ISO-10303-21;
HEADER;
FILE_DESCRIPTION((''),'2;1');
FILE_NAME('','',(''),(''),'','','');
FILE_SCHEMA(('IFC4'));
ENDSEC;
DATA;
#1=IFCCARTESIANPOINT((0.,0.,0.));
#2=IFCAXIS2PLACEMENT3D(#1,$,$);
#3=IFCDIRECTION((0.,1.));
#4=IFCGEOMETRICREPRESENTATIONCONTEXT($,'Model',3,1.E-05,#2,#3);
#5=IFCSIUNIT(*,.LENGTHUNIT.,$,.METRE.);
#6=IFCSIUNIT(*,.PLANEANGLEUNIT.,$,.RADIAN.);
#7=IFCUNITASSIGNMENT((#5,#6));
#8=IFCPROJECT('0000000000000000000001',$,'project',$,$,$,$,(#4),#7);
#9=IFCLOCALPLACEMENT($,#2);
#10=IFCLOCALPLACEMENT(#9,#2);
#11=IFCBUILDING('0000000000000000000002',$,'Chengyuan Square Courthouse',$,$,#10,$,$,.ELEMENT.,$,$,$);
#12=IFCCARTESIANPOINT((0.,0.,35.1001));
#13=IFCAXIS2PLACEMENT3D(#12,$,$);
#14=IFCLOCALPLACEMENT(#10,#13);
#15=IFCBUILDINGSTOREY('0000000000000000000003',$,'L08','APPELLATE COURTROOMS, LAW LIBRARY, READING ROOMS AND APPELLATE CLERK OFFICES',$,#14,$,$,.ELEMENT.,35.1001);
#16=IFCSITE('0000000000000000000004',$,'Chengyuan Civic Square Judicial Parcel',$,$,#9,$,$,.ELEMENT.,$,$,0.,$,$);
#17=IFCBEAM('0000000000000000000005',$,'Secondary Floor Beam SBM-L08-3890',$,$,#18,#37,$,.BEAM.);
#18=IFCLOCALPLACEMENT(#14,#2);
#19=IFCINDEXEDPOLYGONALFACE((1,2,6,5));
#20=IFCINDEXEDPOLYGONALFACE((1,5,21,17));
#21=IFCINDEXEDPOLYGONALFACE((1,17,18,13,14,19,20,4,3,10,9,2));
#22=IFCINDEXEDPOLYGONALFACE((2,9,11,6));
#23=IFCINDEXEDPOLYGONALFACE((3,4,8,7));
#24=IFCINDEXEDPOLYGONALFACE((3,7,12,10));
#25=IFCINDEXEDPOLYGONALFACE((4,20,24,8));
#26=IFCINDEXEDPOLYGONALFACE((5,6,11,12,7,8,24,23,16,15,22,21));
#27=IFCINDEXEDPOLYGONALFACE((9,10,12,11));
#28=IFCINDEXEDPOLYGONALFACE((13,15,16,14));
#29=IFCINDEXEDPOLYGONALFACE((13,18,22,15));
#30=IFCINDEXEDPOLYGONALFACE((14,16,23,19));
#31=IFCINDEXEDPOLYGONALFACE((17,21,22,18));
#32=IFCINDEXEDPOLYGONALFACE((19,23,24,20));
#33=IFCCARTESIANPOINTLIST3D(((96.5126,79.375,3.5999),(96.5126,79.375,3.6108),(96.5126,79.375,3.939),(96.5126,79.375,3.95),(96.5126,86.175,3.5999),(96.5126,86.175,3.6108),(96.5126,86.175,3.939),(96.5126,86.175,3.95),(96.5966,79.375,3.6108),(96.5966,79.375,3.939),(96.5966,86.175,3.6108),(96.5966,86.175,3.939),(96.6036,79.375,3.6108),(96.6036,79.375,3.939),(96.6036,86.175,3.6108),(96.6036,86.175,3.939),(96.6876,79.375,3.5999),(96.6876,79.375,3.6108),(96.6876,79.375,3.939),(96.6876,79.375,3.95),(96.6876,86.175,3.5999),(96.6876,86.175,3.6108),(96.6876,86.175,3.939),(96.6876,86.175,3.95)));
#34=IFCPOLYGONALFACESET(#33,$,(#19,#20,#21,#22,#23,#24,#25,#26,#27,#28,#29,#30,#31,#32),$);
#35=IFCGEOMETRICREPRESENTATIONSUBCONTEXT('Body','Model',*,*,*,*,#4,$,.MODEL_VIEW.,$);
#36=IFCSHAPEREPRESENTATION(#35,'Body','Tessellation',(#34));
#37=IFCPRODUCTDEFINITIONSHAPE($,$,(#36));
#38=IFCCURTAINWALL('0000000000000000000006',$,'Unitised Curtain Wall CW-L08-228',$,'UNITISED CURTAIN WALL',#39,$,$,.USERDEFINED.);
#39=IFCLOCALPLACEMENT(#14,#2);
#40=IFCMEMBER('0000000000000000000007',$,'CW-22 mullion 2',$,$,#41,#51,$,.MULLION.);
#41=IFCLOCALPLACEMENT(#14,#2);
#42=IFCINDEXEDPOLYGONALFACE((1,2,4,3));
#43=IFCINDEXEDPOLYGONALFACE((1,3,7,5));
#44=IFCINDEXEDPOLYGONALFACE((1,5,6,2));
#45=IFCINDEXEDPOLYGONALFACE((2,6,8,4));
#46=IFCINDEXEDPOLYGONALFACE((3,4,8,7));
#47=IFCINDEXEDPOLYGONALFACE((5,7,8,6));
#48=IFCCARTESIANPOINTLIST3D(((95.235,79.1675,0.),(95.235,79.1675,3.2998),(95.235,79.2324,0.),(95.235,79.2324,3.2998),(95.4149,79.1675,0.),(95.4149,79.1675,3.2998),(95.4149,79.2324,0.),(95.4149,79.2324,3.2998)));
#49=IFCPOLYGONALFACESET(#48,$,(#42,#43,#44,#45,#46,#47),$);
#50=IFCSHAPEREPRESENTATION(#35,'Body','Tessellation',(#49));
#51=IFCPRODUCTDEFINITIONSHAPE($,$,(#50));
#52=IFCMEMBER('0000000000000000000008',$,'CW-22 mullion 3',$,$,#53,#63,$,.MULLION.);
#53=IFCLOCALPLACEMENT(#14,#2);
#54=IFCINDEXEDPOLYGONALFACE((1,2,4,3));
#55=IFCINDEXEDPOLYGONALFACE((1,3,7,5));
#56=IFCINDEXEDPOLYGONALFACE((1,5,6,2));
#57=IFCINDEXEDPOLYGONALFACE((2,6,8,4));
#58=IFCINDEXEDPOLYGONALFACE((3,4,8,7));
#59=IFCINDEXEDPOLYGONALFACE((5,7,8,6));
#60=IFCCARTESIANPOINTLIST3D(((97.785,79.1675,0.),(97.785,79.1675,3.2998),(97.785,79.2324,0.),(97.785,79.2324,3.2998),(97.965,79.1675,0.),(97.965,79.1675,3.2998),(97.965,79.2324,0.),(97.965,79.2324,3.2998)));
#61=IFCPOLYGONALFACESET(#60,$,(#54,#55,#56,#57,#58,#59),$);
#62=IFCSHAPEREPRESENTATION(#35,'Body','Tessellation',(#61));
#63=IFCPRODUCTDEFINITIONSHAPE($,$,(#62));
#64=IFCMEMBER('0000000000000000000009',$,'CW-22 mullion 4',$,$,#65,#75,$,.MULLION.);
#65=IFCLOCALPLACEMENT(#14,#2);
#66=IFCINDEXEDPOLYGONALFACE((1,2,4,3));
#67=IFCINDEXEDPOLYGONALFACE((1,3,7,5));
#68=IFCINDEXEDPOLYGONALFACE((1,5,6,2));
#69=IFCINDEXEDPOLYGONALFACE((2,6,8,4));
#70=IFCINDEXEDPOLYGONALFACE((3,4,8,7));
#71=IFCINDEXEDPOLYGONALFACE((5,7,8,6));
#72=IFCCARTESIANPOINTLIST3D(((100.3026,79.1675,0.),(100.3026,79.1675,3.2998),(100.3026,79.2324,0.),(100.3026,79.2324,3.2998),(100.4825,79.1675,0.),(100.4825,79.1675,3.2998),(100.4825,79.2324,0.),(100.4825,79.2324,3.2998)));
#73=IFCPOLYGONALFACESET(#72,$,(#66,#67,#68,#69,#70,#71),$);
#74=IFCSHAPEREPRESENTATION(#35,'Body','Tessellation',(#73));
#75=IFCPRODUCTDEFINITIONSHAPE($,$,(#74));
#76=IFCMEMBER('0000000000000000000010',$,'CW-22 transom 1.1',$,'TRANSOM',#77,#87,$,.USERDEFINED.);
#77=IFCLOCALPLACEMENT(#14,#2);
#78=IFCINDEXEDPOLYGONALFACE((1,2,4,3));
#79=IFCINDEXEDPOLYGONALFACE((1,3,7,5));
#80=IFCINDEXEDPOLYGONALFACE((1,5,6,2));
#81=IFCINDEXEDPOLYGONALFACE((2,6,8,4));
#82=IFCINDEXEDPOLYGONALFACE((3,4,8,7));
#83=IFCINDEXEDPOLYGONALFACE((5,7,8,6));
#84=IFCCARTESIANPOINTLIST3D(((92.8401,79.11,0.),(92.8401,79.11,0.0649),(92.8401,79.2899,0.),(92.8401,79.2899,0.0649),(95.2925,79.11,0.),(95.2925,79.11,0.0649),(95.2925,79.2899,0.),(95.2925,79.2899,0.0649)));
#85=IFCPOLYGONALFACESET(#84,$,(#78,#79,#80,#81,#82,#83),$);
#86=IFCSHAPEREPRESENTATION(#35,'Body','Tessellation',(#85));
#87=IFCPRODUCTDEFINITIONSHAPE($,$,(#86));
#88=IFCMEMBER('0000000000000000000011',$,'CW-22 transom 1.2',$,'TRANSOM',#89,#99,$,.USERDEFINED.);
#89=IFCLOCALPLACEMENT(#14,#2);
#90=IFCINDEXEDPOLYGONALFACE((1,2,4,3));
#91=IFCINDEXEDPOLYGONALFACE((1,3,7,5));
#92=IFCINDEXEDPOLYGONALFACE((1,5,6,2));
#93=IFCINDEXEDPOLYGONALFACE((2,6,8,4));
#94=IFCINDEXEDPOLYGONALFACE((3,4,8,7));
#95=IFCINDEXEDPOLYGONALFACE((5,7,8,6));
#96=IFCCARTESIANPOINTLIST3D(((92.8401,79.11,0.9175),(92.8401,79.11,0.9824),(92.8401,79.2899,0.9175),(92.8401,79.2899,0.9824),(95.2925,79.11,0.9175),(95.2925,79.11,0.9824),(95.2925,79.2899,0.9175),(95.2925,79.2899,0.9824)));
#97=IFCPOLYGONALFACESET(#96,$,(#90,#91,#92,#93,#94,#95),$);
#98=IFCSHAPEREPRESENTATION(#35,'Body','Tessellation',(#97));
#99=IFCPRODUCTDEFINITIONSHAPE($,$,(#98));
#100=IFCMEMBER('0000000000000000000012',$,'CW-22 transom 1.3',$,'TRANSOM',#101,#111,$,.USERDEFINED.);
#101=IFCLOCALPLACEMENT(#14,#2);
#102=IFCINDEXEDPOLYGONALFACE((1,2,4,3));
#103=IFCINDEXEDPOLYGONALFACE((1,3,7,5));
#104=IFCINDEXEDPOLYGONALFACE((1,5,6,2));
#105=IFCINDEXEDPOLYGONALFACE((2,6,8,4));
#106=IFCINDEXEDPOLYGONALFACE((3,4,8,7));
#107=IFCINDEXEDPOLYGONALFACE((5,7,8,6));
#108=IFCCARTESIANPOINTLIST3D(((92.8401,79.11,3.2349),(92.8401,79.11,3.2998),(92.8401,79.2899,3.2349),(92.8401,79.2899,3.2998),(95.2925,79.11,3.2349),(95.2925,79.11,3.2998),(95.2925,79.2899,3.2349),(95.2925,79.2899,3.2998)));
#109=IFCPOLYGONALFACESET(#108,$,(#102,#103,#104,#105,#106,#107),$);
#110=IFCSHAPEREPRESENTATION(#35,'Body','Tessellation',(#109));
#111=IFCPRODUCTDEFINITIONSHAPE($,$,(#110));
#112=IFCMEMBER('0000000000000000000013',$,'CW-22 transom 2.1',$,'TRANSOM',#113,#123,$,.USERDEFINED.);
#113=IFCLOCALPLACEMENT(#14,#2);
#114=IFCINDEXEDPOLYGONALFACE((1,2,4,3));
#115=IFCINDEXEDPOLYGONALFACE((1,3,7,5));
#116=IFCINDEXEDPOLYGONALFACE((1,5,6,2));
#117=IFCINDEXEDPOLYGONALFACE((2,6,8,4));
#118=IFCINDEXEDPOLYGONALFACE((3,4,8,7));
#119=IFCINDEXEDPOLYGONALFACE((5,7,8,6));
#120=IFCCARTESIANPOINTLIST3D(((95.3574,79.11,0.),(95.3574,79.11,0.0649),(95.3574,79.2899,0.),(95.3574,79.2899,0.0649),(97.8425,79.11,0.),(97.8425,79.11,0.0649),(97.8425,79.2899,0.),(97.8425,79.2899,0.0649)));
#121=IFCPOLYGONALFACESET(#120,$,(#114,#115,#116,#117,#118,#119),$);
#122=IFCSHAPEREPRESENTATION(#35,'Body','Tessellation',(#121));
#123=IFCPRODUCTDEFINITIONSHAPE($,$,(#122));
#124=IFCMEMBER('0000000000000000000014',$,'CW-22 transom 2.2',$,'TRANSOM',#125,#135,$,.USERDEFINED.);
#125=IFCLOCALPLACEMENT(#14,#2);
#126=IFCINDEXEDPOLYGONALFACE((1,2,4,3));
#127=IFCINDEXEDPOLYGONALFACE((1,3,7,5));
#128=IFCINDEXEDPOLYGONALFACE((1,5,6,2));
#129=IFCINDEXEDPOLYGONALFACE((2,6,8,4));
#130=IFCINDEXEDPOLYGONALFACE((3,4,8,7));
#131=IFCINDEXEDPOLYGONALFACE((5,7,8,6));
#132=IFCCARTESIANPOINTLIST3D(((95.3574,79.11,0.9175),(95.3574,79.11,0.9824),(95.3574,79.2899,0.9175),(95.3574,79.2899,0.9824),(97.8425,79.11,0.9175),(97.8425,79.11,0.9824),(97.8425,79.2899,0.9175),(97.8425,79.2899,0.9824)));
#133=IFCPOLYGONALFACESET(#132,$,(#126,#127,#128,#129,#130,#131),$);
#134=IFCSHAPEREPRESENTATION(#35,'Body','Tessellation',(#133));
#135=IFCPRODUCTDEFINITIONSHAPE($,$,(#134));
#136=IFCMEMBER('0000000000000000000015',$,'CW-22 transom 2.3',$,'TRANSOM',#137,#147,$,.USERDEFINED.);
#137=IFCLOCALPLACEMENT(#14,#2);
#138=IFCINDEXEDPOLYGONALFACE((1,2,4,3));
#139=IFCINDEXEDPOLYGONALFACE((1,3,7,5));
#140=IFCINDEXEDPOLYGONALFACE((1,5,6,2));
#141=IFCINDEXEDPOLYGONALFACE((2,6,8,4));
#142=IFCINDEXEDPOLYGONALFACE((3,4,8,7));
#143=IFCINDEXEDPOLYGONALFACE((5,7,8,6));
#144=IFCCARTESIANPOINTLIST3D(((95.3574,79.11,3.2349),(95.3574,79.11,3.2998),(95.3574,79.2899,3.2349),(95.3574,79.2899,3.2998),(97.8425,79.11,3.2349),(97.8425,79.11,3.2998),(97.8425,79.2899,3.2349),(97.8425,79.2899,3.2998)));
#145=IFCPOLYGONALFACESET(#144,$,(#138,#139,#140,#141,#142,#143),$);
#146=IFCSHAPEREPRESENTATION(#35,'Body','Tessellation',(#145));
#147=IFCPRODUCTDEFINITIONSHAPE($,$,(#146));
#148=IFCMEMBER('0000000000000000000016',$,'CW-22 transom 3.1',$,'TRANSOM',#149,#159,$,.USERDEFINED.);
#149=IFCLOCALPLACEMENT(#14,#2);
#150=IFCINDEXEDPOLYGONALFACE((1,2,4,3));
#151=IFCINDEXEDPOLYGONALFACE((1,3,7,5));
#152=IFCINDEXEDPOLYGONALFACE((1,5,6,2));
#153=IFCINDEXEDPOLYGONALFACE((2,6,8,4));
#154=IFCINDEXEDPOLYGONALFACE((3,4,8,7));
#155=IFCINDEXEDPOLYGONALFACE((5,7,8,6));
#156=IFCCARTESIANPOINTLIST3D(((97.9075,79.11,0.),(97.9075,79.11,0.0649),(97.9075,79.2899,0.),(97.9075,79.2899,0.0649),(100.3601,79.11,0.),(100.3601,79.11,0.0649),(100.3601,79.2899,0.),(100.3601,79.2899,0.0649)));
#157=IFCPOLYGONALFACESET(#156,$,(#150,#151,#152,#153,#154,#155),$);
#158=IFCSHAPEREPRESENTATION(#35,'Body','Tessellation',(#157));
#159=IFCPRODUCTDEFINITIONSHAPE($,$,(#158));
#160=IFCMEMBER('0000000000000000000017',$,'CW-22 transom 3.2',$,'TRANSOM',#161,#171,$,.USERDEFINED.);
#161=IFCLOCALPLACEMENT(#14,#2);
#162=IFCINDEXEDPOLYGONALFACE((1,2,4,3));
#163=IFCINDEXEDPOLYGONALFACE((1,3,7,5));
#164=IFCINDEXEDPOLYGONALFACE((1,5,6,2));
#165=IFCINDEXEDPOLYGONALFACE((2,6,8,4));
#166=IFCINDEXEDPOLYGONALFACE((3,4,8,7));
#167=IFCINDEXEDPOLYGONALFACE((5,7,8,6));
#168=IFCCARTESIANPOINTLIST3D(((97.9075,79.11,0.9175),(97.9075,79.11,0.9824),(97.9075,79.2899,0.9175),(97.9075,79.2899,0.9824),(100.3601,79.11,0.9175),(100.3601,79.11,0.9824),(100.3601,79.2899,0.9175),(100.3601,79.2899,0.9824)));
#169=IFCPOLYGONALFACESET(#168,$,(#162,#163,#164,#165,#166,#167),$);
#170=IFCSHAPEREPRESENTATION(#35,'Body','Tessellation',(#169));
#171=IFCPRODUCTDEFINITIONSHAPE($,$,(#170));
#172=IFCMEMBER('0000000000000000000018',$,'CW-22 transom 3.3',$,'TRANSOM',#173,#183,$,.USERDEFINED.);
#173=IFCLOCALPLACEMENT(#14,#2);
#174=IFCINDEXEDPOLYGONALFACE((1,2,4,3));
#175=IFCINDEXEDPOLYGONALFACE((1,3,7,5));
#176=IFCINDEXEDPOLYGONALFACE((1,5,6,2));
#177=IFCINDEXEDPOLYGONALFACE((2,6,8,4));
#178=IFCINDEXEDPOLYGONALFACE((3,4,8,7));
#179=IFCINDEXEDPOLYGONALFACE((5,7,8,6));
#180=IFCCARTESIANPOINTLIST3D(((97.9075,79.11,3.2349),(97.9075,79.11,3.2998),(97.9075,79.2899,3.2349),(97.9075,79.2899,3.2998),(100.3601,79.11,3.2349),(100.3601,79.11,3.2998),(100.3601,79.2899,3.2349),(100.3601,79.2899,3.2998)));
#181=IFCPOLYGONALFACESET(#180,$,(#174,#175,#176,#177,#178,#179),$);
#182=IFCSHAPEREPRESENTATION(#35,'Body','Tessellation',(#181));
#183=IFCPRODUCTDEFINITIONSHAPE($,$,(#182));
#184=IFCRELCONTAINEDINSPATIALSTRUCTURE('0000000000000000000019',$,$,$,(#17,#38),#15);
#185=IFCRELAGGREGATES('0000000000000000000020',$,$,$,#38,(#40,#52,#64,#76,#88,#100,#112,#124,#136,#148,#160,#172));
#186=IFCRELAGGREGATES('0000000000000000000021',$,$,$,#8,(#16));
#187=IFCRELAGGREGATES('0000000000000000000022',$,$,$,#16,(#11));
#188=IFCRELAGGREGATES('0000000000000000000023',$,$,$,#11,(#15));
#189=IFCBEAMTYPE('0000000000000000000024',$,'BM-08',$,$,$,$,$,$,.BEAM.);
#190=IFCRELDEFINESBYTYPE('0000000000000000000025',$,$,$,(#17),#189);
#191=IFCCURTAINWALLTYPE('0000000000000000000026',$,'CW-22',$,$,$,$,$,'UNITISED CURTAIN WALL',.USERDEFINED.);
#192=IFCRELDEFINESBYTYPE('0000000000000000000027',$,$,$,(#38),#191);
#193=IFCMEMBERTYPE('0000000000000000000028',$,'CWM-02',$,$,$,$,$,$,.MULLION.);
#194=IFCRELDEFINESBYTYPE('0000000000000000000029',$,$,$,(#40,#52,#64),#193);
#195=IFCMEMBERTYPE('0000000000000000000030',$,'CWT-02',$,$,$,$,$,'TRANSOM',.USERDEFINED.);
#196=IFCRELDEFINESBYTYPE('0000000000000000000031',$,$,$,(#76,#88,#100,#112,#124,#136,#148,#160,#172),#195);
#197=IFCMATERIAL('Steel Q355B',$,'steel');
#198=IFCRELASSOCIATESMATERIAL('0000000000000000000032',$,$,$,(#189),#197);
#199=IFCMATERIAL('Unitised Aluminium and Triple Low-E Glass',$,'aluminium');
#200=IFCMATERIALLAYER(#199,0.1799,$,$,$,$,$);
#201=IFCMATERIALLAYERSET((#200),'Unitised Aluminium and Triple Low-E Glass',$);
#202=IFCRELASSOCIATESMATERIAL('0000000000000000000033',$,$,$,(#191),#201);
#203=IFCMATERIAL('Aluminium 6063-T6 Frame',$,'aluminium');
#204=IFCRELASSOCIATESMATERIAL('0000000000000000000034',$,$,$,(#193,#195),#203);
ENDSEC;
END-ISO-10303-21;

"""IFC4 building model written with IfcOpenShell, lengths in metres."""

from ifc_helpers import new_model, si_unit, direction, frame, origin, origin_2d, place, context, subcontext, project, spatial, rectangle, i_section, extrude, material, layer, layer_set, material_profile, profile_set, type_object, element, aggregate, save


model = new_model("IFC4")

# Units and contexts
model_context = context("Model", 3, precision=1e-05, world=origin(), true_north=direction((0.0, 1.0)))
body_context = subcontext(model_context, "Body", "Model", "MODEL_VIEW")
ifc_project = project(units=[si_unit("LENGTHUNIT", "METRE"), si_unit("PLANEANGLEUNIT", "RADIAN")], contexts=[model_context])

# Site, building, storey
site_placement = place(None, origin())
site = spatial("IfcSite", under=ifc_project, at=site_placement, Name="Chengyuan Civic Square Judicial Parcel", CompositionType="ELEMENT", RefElevation=0.0)
building_placement = place(site_placement, origin())
building = spatial("IfcBuilding", under=site, at=building_placement, Name="Chengyuan Square Courthouse", CompositionType="ELEMENT")
storey_placement = place(building_placement, frame((0.0, 0.0, 35.1001)))
storey = spatial("IfcBuildingStorey", under=building, at=storey_placement, Name="L08", Description="APPELLATE COURTROOMS, LAW LIBRARY, READING ROOMS AND APPELLATE CLERK OFFICES", CompositionType="ELEMENT", Elevation=35.1001)

# Beam
ifc_material_1 = material(Name="Steel Q355B", Category="steel")
ifc_material_profile_1 = material_profile(ifc_material_1, i_section(OverallWidth=0.175, OverallDepth=0.3501, WebThickness=0.0071, FlangeThickness=0.011, at=origin_2d()), Name="HN 350x175x7x11")
ifc_profile_set_1 = profile_set([ifc_material_profile_1], Name="Steel Q355B")
beam_type = type_object("IfcBeamType", Name="BM-08", PredefinedType="BEAM", material=ifc_profile_set_1)
beam_placement = place(storey_placement, frame((96.6001, 79.375, 3.7749), z_axis=(0.0, 1.0, 0.0), x_axis=(-1.0, 0.0, 0.0)))
element("IfcBeam", 1, at=beam_placement, inside=storey, type_object=beam_type, Name="Secondary Floor Beam SBM-L08-3890", PredefinedType="BEAM", context=body_context, shape_type="SweptSolid", body=[
    extrude(i_section(OverallWidth=0.175, OverallDepth=0.3501, WebThickness=0.0071, FlangeThickness=0.011, at=origin_2d()), origin(), (0.0, 0.0, 1.0), 6.8),
])

# Curtain wall, members
ifc_material_2 = material(Name="Unitised Aluminium and Triple Low-E Glass", Category="aluminium")
ifc_layer_1 = layer(ifc_material_2, 0.1799)
ifc_layer_set_1 = layer_set([ifc_layer_1], Name="Unitised Aluminium and Triple Low-E Glass")
curtain_wall_type = type_object("IfcCurtainWallType", Name="CW-22", ElementType="UNITISED CURTAIN WALL", PredefinedType="USERDEFINED", material=ifc_layer_set_1)
curtain_wall_placement = place(storey_placement, origin())
curtain_wall = element("IfcCurtainWall", 2, at=curtain_wall_placement, inside=storey, type_object=curtain_wall_type, Name="Unitised Curtain Wall CW-L08-228", ObjectType="UNITISED CURTAIN WALL", PredefinedType="USERDEFINED")
ifc_material_3 = material(Name="Aluminium 6063-T6 Frame", Category="aluminium")
ifc_material_profile_2 = material_profile(ifc_material_3, rectangle(XDim=0.0649, YDim=0.1799, at=origin_2d()), Name="CW-MUL-65x180")
ifc_profile_set_2 = profile_set([ifc_material_profile_2], Name="Aluminium 6063-T6 Frame")
member_type_1 = type_object("IfcMemberType", Name="CWM-02", PredefinedType="MULLION", material=ifc_profile_set_2)
member_1_placement = place(storey_placement, frame((95.325, 79.2, 0.0), z_axis=(0.0, 0.0, 1.0), x_axis=(0.0, 1.0, 0.0)))
member_1 = element("IfcMember", 3, at=member_1_placement, type_object=member_type_1, Name="CW-22 mullion 2", PredefinedType="MULLION", context=body_context, shape_type="SweptSolid", body=[
    extrude(rectangle(XDim=0.0649, YDim=0.1799, at=origin_2d()), origin(), (0.0, 0.0, 1.0), 3.2998),
])
member_2_placement = place(storey_placement, frame((97.875, 79.2, 0.0), z_axis=(0.0, 0.0, 1.0), x_axis=(0.0, 1.0, 0.0)))
member_2 = element("IfcMember", 4, at=member_2_placement, type_object=member_type_1, Name="CW-22 mullion 3", PredefinedType="MULLION", context=body_context, shape_type="SweptSolid", body=[
    extrude(rectangle(XDim=0.0649, YDim=0.1799, at=origin_2d()), origin(), (0.0, 0.0, 1.0), 3.2998),
])
member_3_placement = place(storey_placement, frame((100.3926, 79.2, 0.0), z_axis=(0.0, 0.0, 1.0), x_axis=(0.0, 1.0, 0.0)))
member_3 = element("IfcMember", 5, at=member_3_placement, type_object=member_type_1, Name="CW-22 mullion 4", PredefinedType="MULLION", context=body_context, shape_type="SweptSolid", body=[
    extrude(rectangle(XDim=0.0649, YDim=0.1799, at=origin_2d()), origin(), (0.0, 0.0, 1.0), 3.2998),
])
ifc_material_profile_3 = material_profile(ifc_material_3, rectangle(XDim=0.1799, YDim=0.0649, at=origin_2d()), Name="CW-TRN-65x140")
ifc_profile_set_3 = profile_set([ifc_material_profile_3], Name="Aluminium 6063-T6 Frame")
member_type_2 = type_object("IfcMemberType", Name="CWT-02", ElementType="TRANSOM", PredefinedType="USERDEFINED", material=ifc_profile_set_3)
member_4_placement = place(storey_placement, frame((92.8401, 79.2, 0.0325), z_axis=(1.0, 0.0, 0.0), x_axis=(0.0, 1.0, 0.0)))
member_4 = element("IfcMember", 6, at=member_4_placement, type_object=member_type_2, Name="CW-22 transom 1.1", ObjectType="TRANSOM", PredefinedType="USERDEFINED", context=body_context, shape_type="SweptSolid", body=[
    extrude(rectangle(XDim=0.1799, YDim=0.0649, at=origin_2d()), origin(), (0.0, 0.0, 1.0), 2.4524),
])
member_5_placement = place(storey_placement, frame((92.8401, 79.2, 0.95), z_axis=(1.0, 0.0, 0.0), x_axis=(0.0, 1.0, 0.0)))
member_5 = element("IfcMember", 7, at=member_5_placement, type_object=member_type_2, Name="CW-22 transom 1.2", ObjectType="TRANSOM", PredefinedType="USERDEFINED", context=body_context, shape_type="SweptSolid", body=[
    extrude(rectangle(XDim=0.1799, YDim=0.0649, at=origin_2d()), origin(), (0.0, 0.0, 1.0), 2.4524),
])
member_6_placement = place(storey_placement, frame((92.8401, 79.2, 3.2673), z_axis=(1.0, 0.0, 0.0), x_axis=(0.0, 1.0, 0.0)))
member_6 = element("IfcMember", 8, at=member_6_placement, type_object=member_type_2, Name="CW-22 transom 1.3", ObjectType="TRANSOM", PredefinedType="USERDEFINED", context=body_context, shape_type="SweptSolid", body=[
    extrude(rectangle(XDim=0.1799, YDim=0.0649, at=origin_2d()), origin(), (0.0, 0.0, 1.0), 2.4524),
])
member_7_placement = place(storey_placement, frame((95.3574, 79.2, 0.0325), z_axis=(1.0, 0.0, 0.0), x_axis=(0.0, 1.0, 0.0)))
member_7 = element("IfcMember", 9, at=member_7_placement, type_object=member_type_2, Name="CW-22 transom 2.1", ObjectType="TRANSOM", PredefinedType="USERDEFINED", context=body_context, shape_type="SweptSolid", body=[
    extrude(rectangle(XDim=0.1799, YDim=0.0649, at=origin_2d()), origin(), (0.0, 0.0, 1.0), 2.4851),
])
member_8_placement = place(storey_placement, frame((95.3574, 79.2, 0.95), z_axis=(1.0, 0.0, 0.0), x_axis=(0.0, 1.0, 0.0)))
member_8 = element("IfcMember", 10, at=member_8_placement, type_object=member_type_2, Name="CW-22 transom 2.2", ObjectType="TRANSOM", PredefinedType="USERDEFINED", context=body_context, shape_type="SweptSolid", body=[
    extrude(rectangle(XDim=0.1799, YDim=0.0649, at=origin_2d()), origin(), (0.0, 0.0, 1.0), 2.4851),
])
member_9_placement = place(storey_placement, frame((95.3574, 79.2, 3.2673), z_axis=(1.0, 0.0, 0.0), x_axis=(0.0, 1.0, 0.0)))
member_9 = element("IfcMember", 11, at=member_9_placement, type_object=member_type_2, Name="CW-22 transom 2.3", ObjectType="TRANSOM", PredefinedType="USERDEFINED", context=body_context, shape_type="SweptSolid", body=[
    extrude(rectangle(XDim=0.1799, YDim=0.0649, at=origin_2d()), origin(), (0.0, 0.0, 1.0), 2.4851),
])
member_10_placement = place(storey_placement, frame((97.9075, 79.2, 0.0325), z_axis=(1.0, 0.0, 0.0), x_axis=(0.0, 1.0, 0.0)))
member_10 = element("IfcMember", 12, at=member_10_placement, type_object=member_type_2, Name="CW-22 transom 3.1", ObjectType="TRANSOM", PredefinedType="USERDEFINED", context=body_context, shape_type="SweptSolid", body=[
    extrude(rectangle(XDim=0.1799, YDim=0.0649, at=origin_2d()), origin(), (0.0, 0.0, 1.0), 2.4526),
])
member_11_placement = place(storey_placement, frame((97.9075, 79.2, 0.95), z_axis=(1.0, 0.0, 0.0), x_axis=(0.0, 1.0, 0.0)))
member_11 = element("IfcMember", 13, at=member_11_placement, type_object=member_type_2, Name="CW-22 transom 3.2", ObjectType="TRANSOM", PredefinedType="USERDEFINED", context=body_context, shape_type="SweptSolid", body=[
    extrude(rectangle(XDim=0.1799, YDim=0.0649, at=origin_2d()), origin(), (0.0, 0.0, 1.0), 2.4526),
])
member_12_placement = place(storey_placement, frame((97.9075, 79.2, 3.2673), z_axis=(1.0, 0.0, 0.0), x_axis=(0.0, 1.0, 0.0)))
member_12 = element("IfcMember", 14, at=member_12_placement, type_object=member_type_2, Name="CW-22 transom 3.3", ObjectType="TRANSOM", PredefinedType="USERDEFINED", context=body_context, shape_type="SweptSolid", body=[
    extrude(rectangle(XDim=0.1799, YDim=0.0649, at=origin_2d()), origin(), (0.0, 0.0, 1.0), 2.4526),
])
aggregate(curtain_wall, [member_1, member_2, member_3, member_4, member_5, member_6, member_7, member_8, member_9, member_10, member_11, member_12])

save(model, "model.ifc")
